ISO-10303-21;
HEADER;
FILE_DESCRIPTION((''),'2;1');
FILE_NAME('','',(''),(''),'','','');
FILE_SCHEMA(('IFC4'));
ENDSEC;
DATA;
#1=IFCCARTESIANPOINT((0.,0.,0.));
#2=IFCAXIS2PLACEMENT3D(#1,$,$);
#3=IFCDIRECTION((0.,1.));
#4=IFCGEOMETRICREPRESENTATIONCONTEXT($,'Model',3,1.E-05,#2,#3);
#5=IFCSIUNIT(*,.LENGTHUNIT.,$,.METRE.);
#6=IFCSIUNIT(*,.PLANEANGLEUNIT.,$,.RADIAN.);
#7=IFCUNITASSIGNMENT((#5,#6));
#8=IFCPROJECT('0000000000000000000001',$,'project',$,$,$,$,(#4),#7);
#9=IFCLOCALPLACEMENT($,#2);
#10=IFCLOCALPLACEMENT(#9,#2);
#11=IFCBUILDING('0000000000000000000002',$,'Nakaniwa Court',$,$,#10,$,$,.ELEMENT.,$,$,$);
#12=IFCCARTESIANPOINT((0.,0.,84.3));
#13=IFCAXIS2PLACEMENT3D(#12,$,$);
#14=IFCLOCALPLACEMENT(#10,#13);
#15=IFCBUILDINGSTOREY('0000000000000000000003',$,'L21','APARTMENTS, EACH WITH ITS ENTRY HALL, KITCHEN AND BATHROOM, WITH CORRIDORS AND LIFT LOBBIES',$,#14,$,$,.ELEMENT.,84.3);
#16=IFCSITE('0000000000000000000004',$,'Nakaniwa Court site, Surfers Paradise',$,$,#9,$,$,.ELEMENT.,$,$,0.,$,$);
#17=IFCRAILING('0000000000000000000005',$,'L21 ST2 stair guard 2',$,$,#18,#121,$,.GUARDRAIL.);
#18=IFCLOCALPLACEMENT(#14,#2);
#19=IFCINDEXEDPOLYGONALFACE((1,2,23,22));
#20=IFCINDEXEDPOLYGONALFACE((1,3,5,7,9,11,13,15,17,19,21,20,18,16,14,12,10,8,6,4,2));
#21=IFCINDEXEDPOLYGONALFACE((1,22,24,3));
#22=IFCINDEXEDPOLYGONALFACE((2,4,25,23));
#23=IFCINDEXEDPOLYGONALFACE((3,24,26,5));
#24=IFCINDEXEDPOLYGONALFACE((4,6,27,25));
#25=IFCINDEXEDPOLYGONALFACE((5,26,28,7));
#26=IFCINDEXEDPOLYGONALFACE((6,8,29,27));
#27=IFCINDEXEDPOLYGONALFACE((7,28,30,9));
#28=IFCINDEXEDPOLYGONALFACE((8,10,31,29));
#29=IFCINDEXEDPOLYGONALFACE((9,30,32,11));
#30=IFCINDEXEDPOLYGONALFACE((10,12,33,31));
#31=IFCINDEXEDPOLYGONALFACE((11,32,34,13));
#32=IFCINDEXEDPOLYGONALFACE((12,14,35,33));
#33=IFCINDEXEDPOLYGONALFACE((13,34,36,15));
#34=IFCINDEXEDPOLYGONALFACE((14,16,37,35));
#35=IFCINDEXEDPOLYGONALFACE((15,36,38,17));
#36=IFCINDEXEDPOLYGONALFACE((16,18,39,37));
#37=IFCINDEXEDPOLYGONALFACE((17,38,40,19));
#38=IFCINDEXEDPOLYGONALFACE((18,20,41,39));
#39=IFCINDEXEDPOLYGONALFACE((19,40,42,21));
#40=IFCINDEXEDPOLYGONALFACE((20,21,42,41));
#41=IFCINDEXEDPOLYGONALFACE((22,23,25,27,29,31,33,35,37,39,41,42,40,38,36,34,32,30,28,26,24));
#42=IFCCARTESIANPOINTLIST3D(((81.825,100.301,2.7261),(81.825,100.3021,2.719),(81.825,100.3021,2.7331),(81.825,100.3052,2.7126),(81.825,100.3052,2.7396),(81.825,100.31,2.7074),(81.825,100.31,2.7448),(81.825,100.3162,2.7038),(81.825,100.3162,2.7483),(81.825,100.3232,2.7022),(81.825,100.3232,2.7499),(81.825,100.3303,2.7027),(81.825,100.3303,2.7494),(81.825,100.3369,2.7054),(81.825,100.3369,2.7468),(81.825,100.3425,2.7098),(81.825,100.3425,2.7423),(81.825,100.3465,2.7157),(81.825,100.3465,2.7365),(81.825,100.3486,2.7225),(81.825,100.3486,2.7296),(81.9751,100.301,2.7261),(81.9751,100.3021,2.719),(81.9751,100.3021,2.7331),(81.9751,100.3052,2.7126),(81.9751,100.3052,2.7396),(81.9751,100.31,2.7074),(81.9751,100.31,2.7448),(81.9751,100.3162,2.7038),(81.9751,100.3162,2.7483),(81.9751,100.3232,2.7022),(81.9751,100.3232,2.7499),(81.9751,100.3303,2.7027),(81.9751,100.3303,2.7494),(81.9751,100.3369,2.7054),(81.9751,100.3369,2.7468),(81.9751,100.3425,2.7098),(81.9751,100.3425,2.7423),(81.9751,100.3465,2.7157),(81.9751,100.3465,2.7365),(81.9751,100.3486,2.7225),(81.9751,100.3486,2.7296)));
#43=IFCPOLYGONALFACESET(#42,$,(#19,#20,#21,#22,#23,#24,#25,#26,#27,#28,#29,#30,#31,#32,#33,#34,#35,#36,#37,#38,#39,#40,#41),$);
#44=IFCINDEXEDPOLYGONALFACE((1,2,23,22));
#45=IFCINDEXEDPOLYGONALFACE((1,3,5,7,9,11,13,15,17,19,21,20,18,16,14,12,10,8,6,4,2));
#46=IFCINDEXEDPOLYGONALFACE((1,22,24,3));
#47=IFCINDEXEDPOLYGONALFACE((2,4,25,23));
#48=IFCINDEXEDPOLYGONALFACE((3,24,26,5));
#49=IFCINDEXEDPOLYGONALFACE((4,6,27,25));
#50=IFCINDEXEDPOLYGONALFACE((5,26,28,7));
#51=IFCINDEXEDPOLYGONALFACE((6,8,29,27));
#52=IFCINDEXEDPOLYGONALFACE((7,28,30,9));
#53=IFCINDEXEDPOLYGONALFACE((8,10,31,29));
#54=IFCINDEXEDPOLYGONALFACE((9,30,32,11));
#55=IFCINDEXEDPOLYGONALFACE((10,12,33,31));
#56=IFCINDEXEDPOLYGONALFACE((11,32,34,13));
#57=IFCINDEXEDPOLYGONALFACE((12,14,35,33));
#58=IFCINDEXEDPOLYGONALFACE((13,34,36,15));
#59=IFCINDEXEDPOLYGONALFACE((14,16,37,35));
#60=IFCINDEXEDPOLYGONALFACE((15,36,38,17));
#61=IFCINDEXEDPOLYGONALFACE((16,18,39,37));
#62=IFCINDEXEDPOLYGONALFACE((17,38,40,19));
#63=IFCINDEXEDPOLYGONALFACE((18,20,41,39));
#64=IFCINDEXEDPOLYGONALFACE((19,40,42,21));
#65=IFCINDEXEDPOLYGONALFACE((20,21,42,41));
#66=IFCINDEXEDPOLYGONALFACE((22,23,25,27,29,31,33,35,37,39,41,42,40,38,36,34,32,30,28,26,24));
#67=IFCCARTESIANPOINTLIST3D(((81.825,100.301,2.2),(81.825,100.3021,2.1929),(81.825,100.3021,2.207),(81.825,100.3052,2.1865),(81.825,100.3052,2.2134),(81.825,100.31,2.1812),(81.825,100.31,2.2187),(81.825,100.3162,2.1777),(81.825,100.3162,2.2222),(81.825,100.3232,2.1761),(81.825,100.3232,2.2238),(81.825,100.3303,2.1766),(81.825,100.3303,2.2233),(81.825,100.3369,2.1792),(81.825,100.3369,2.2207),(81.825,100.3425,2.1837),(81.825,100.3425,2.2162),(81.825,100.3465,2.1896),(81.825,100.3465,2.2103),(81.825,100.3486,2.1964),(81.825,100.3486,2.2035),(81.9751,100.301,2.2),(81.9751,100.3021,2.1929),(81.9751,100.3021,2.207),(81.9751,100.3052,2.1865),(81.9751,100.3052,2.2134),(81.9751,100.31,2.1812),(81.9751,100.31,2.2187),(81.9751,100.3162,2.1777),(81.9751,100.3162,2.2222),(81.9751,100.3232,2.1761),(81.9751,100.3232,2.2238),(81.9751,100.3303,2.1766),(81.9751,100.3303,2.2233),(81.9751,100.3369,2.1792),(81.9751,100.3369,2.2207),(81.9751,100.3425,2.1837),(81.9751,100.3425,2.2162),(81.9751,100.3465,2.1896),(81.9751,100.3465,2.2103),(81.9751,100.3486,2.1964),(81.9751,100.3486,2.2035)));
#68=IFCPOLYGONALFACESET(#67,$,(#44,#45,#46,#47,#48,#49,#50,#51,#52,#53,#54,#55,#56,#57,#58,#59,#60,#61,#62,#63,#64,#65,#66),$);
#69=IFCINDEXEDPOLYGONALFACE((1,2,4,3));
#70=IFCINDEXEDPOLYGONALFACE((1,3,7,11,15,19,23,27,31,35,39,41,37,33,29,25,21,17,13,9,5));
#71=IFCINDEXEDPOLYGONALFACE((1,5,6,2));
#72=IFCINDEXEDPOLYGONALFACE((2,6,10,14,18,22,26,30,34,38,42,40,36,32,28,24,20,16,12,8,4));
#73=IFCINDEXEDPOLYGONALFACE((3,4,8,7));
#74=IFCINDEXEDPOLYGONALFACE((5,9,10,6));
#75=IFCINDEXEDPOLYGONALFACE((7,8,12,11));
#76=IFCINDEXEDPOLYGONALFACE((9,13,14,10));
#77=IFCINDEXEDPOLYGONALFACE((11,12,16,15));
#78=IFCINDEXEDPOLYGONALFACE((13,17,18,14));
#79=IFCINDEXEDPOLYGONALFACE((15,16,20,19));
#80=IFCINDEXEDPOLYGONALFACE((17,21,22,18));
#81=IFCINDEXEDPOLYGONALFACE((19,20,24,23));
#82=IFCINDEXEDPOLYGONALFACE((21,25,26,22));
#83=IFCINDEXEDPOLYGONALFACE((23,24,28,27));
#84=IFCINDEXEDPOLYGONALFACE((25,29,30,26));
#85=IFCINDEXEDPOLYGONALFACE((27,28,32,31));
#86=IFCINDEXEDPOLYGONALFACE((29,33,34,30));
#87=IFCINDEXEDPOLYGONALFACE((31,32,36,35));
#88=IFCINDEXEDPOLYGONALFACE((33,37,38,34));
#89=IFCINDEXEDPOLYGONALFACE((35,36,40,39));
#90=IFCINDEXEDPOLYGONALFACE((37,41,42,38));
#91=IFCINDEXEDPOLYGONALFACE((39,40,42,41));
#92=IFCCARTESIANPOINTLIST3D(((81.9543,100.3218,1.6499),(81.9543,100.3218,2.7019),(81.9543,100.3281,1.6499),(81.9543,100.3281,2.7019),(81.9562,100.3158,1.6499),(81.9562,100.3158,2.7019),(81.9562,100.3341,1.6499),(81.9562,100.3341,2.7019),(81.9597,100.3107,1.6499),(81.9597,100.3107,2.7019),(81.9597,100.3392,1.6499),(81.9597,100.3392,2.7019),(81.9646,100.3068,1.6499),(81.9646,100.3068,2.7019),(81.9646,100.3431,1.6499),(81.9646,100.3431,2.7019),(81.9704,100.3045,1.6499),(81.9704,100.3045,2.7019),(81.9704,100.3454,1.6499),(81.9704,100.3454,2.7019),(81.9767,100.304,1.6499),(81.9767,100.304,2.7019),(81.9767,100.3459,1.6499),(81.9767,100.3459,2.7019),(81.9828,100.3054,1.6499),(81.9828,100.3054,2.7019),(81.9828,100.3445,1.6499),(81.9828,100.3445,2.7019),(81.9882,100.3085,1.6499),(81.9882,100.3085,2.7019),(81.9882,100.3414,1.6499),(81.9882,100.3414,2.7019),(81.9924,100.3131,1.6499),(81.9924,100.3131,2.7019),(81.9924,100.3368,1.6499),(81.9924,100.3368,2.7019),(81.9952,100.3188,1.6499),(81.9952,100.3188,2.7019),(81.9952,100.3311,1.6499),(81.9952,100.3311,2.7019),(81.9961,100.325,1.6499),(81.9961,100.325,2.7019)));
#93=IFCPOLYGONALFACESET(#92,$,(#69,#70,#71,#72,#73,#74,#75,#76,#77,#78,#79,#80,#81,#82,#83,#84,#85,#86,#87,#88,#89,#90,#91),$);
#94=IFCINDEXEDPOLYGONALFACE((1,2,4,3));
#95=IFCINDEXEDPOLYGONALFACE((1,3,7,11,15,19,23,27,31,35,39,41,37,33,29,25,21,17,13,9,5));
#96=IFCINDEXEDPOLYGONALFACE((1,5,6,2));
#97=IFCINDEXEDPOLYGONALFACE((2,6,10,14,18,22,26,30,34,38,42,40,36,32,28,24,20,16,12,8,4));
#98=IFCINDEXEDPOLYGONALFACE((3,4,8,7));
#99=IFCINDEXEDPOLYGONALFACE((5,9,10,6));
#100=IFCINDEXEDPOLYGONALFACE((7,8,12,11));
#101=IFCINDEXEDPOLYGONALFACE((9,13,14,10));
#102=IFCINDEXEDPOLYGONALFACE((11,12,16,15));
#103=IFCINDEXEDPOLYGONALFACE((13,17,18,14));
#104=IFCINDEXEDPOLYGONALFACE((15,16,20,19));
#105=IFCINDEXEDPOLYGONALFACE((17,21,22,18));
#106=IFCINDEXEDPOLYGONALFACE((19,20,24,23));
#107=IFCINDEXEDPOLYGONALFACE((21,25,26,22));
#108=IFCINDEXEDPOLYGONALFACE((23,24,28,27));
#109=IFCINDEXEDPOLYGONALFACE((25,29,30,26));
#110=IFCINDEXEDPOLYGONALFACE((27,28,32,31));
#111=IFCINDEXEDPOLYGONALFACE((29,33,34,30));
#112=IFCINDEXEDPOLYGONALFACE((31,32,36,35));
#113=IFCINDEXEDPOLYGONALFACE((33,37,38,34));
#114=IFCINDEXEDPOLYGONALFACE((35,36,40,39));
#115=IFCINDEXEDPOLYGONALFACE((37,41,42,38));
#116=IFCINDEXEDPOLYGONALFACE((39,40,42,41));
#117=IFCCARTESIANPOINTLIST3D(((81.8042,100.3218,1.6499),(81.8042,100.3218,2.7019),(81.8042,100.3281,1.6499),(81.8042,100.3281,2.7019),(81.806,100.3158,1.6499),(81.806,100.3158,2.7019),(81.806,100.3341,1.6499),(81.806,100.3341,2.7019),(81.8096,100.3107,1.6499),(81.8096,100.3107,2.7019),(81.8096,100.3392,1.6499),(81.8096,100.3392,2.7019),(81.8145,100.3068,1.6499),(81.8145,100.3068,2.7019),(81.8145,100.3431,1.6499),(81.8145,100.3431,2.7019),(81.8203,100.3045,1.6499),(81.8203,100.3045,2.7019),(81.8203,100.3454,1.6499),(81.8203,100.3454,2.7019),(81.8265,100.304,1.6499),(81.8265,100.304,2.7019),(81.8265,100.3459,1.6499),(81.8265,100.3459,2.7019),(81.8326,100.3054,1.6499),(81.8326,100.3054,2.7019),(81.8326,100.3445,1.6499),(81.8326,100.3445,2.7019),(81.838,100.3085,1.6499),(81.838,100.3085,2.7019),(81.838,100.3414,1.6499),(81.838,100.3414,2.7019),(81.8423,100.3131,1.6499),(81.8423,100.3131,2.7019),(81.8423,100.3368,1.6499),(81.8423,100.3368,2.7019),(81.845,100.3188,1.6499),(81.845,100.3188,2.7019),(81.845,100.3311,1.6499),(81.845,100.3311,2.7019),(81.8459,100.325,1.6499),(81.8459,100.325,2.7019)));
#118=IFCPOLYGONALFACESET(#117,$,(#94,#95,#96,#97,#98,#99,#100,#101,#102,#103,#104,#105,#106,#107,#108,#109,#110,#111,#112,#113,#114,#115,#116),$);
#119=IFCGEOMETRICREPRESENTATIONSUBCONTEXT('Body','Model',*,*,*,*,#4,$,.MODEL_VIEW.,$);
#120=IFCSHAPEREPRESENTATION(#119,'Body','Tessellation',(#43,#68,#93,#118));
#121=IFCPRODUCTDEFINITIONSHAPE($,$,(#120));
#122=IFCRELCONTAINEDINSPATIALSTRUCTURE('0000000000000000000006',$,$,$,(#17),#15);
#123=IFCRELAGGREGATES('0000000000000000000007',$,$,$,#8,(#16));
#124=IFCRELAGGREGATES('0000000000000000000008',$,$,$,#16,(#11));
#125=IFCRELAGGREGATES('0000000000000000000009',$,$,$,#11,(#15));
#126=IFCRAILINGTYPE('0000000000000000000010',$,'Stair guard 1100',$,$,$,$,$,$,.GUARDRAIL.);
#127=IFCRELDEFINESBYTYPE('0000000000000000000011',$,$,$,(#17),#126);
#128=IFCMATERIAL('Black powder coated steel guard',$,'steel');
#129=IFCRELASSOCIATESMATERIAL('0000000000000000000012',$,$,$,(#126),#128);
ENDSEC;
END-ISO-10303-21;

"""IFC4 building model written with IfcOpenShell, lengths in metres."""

from ifc_helpers import new_model, si_unit, direction, frame, origin, origin_2d, place, context, subcontext, project, spatial, circle, extrude, material, type_object, element, save


model = new_model("IFC4")

# Units and contexts
model_context = context("Model", 3, precision=1e-05, world=origin(), true_north=direction((0.0, 1.0)))
body_context = subcontext(model_context, "Body", "Model", "MODEL_VIEW")
ifc_project = project(units=[si_unit("LENGTHUNIT", "METRE"), si_unit("PLANEANGLEUNIT", "RADIAN")], contexts=[model_context])

# Site, building, storey
site_placement = place(None, origin())
site = spatial("IfcSite", under=ifc_project, at=site_placement, Name="Nakaniwa Court site, Surfers Paradise", CompositionType="ELEMENT", RefElevation=0.0)
building_placement = place(site_placement, origin())
building = spatial("IfcBuilding", under=site, at=building_placement, Name="Nakaniwa Court", CompositionType="ELEMENT")
storey_placement = place(building_placement, frame((0.0, 0.0, 84.3)))
storey = spatial("IfcBuildingStorey", under=building, at=storey_placement, Name="L21", Description="APARTMENTS, EACH WITH ITS ENTRY HALL, KITCHEN AND BATHROOM, WITH CORRIDORS AND LIFT LOBBIES", CompositionType="ELEMENT", Elevation=84.3)

# Railing
ifc_material_1 = material(Name="Black powder coated steel guard", Category="steel")
railing_type_1 = type_object("IfcRailingType", Name="Stair guard 1100", PredefinedType="GUARDRAIL", material=ifc_material_1)
railing_1_placement = place(storey_placement, frame((81.9751, 100.325, 1.6499)))
element("IfcRailing", 1, at=railing_1_placement, inside=storey, type_object=railing_type_1, Name="L21 ST2 stair guard 2", PredefinedType="GUARDRAIL", context=body_context, shape_type="SweptSolid", body=[
    extrude(circle(Radius=0.0239, at=origin_2d()), frame((0.0, 0.0, 1.0762), z_axis=(-1.0, 0.0, 0.0), x_axis=(0.0, -1.0, 0.0)), (0.0, 0.0, 1.0), 0.1501),
    extrude(circle(Radius=0.0239, at=origin_2d()), frame((0.0, 0.0, 0.55), z_axis=(-1.0, 0.0, 0.0), x_axis=(0.0, -1.0, 0.0)), (0.0, 0.0, 1.0), 0.1501),
    extrude(circle(Radius=0.021, at=origin_2d()), origin(), (0.0, 0.0, 1.0), 1.052),
    extrude(circle(Radius=0.021, at=origin_2d()), frame((-0.1501, 0.0, 0.0)), (0.0, 0.0, 1.0), 1.052),
])

save(model, "model.ifc")
